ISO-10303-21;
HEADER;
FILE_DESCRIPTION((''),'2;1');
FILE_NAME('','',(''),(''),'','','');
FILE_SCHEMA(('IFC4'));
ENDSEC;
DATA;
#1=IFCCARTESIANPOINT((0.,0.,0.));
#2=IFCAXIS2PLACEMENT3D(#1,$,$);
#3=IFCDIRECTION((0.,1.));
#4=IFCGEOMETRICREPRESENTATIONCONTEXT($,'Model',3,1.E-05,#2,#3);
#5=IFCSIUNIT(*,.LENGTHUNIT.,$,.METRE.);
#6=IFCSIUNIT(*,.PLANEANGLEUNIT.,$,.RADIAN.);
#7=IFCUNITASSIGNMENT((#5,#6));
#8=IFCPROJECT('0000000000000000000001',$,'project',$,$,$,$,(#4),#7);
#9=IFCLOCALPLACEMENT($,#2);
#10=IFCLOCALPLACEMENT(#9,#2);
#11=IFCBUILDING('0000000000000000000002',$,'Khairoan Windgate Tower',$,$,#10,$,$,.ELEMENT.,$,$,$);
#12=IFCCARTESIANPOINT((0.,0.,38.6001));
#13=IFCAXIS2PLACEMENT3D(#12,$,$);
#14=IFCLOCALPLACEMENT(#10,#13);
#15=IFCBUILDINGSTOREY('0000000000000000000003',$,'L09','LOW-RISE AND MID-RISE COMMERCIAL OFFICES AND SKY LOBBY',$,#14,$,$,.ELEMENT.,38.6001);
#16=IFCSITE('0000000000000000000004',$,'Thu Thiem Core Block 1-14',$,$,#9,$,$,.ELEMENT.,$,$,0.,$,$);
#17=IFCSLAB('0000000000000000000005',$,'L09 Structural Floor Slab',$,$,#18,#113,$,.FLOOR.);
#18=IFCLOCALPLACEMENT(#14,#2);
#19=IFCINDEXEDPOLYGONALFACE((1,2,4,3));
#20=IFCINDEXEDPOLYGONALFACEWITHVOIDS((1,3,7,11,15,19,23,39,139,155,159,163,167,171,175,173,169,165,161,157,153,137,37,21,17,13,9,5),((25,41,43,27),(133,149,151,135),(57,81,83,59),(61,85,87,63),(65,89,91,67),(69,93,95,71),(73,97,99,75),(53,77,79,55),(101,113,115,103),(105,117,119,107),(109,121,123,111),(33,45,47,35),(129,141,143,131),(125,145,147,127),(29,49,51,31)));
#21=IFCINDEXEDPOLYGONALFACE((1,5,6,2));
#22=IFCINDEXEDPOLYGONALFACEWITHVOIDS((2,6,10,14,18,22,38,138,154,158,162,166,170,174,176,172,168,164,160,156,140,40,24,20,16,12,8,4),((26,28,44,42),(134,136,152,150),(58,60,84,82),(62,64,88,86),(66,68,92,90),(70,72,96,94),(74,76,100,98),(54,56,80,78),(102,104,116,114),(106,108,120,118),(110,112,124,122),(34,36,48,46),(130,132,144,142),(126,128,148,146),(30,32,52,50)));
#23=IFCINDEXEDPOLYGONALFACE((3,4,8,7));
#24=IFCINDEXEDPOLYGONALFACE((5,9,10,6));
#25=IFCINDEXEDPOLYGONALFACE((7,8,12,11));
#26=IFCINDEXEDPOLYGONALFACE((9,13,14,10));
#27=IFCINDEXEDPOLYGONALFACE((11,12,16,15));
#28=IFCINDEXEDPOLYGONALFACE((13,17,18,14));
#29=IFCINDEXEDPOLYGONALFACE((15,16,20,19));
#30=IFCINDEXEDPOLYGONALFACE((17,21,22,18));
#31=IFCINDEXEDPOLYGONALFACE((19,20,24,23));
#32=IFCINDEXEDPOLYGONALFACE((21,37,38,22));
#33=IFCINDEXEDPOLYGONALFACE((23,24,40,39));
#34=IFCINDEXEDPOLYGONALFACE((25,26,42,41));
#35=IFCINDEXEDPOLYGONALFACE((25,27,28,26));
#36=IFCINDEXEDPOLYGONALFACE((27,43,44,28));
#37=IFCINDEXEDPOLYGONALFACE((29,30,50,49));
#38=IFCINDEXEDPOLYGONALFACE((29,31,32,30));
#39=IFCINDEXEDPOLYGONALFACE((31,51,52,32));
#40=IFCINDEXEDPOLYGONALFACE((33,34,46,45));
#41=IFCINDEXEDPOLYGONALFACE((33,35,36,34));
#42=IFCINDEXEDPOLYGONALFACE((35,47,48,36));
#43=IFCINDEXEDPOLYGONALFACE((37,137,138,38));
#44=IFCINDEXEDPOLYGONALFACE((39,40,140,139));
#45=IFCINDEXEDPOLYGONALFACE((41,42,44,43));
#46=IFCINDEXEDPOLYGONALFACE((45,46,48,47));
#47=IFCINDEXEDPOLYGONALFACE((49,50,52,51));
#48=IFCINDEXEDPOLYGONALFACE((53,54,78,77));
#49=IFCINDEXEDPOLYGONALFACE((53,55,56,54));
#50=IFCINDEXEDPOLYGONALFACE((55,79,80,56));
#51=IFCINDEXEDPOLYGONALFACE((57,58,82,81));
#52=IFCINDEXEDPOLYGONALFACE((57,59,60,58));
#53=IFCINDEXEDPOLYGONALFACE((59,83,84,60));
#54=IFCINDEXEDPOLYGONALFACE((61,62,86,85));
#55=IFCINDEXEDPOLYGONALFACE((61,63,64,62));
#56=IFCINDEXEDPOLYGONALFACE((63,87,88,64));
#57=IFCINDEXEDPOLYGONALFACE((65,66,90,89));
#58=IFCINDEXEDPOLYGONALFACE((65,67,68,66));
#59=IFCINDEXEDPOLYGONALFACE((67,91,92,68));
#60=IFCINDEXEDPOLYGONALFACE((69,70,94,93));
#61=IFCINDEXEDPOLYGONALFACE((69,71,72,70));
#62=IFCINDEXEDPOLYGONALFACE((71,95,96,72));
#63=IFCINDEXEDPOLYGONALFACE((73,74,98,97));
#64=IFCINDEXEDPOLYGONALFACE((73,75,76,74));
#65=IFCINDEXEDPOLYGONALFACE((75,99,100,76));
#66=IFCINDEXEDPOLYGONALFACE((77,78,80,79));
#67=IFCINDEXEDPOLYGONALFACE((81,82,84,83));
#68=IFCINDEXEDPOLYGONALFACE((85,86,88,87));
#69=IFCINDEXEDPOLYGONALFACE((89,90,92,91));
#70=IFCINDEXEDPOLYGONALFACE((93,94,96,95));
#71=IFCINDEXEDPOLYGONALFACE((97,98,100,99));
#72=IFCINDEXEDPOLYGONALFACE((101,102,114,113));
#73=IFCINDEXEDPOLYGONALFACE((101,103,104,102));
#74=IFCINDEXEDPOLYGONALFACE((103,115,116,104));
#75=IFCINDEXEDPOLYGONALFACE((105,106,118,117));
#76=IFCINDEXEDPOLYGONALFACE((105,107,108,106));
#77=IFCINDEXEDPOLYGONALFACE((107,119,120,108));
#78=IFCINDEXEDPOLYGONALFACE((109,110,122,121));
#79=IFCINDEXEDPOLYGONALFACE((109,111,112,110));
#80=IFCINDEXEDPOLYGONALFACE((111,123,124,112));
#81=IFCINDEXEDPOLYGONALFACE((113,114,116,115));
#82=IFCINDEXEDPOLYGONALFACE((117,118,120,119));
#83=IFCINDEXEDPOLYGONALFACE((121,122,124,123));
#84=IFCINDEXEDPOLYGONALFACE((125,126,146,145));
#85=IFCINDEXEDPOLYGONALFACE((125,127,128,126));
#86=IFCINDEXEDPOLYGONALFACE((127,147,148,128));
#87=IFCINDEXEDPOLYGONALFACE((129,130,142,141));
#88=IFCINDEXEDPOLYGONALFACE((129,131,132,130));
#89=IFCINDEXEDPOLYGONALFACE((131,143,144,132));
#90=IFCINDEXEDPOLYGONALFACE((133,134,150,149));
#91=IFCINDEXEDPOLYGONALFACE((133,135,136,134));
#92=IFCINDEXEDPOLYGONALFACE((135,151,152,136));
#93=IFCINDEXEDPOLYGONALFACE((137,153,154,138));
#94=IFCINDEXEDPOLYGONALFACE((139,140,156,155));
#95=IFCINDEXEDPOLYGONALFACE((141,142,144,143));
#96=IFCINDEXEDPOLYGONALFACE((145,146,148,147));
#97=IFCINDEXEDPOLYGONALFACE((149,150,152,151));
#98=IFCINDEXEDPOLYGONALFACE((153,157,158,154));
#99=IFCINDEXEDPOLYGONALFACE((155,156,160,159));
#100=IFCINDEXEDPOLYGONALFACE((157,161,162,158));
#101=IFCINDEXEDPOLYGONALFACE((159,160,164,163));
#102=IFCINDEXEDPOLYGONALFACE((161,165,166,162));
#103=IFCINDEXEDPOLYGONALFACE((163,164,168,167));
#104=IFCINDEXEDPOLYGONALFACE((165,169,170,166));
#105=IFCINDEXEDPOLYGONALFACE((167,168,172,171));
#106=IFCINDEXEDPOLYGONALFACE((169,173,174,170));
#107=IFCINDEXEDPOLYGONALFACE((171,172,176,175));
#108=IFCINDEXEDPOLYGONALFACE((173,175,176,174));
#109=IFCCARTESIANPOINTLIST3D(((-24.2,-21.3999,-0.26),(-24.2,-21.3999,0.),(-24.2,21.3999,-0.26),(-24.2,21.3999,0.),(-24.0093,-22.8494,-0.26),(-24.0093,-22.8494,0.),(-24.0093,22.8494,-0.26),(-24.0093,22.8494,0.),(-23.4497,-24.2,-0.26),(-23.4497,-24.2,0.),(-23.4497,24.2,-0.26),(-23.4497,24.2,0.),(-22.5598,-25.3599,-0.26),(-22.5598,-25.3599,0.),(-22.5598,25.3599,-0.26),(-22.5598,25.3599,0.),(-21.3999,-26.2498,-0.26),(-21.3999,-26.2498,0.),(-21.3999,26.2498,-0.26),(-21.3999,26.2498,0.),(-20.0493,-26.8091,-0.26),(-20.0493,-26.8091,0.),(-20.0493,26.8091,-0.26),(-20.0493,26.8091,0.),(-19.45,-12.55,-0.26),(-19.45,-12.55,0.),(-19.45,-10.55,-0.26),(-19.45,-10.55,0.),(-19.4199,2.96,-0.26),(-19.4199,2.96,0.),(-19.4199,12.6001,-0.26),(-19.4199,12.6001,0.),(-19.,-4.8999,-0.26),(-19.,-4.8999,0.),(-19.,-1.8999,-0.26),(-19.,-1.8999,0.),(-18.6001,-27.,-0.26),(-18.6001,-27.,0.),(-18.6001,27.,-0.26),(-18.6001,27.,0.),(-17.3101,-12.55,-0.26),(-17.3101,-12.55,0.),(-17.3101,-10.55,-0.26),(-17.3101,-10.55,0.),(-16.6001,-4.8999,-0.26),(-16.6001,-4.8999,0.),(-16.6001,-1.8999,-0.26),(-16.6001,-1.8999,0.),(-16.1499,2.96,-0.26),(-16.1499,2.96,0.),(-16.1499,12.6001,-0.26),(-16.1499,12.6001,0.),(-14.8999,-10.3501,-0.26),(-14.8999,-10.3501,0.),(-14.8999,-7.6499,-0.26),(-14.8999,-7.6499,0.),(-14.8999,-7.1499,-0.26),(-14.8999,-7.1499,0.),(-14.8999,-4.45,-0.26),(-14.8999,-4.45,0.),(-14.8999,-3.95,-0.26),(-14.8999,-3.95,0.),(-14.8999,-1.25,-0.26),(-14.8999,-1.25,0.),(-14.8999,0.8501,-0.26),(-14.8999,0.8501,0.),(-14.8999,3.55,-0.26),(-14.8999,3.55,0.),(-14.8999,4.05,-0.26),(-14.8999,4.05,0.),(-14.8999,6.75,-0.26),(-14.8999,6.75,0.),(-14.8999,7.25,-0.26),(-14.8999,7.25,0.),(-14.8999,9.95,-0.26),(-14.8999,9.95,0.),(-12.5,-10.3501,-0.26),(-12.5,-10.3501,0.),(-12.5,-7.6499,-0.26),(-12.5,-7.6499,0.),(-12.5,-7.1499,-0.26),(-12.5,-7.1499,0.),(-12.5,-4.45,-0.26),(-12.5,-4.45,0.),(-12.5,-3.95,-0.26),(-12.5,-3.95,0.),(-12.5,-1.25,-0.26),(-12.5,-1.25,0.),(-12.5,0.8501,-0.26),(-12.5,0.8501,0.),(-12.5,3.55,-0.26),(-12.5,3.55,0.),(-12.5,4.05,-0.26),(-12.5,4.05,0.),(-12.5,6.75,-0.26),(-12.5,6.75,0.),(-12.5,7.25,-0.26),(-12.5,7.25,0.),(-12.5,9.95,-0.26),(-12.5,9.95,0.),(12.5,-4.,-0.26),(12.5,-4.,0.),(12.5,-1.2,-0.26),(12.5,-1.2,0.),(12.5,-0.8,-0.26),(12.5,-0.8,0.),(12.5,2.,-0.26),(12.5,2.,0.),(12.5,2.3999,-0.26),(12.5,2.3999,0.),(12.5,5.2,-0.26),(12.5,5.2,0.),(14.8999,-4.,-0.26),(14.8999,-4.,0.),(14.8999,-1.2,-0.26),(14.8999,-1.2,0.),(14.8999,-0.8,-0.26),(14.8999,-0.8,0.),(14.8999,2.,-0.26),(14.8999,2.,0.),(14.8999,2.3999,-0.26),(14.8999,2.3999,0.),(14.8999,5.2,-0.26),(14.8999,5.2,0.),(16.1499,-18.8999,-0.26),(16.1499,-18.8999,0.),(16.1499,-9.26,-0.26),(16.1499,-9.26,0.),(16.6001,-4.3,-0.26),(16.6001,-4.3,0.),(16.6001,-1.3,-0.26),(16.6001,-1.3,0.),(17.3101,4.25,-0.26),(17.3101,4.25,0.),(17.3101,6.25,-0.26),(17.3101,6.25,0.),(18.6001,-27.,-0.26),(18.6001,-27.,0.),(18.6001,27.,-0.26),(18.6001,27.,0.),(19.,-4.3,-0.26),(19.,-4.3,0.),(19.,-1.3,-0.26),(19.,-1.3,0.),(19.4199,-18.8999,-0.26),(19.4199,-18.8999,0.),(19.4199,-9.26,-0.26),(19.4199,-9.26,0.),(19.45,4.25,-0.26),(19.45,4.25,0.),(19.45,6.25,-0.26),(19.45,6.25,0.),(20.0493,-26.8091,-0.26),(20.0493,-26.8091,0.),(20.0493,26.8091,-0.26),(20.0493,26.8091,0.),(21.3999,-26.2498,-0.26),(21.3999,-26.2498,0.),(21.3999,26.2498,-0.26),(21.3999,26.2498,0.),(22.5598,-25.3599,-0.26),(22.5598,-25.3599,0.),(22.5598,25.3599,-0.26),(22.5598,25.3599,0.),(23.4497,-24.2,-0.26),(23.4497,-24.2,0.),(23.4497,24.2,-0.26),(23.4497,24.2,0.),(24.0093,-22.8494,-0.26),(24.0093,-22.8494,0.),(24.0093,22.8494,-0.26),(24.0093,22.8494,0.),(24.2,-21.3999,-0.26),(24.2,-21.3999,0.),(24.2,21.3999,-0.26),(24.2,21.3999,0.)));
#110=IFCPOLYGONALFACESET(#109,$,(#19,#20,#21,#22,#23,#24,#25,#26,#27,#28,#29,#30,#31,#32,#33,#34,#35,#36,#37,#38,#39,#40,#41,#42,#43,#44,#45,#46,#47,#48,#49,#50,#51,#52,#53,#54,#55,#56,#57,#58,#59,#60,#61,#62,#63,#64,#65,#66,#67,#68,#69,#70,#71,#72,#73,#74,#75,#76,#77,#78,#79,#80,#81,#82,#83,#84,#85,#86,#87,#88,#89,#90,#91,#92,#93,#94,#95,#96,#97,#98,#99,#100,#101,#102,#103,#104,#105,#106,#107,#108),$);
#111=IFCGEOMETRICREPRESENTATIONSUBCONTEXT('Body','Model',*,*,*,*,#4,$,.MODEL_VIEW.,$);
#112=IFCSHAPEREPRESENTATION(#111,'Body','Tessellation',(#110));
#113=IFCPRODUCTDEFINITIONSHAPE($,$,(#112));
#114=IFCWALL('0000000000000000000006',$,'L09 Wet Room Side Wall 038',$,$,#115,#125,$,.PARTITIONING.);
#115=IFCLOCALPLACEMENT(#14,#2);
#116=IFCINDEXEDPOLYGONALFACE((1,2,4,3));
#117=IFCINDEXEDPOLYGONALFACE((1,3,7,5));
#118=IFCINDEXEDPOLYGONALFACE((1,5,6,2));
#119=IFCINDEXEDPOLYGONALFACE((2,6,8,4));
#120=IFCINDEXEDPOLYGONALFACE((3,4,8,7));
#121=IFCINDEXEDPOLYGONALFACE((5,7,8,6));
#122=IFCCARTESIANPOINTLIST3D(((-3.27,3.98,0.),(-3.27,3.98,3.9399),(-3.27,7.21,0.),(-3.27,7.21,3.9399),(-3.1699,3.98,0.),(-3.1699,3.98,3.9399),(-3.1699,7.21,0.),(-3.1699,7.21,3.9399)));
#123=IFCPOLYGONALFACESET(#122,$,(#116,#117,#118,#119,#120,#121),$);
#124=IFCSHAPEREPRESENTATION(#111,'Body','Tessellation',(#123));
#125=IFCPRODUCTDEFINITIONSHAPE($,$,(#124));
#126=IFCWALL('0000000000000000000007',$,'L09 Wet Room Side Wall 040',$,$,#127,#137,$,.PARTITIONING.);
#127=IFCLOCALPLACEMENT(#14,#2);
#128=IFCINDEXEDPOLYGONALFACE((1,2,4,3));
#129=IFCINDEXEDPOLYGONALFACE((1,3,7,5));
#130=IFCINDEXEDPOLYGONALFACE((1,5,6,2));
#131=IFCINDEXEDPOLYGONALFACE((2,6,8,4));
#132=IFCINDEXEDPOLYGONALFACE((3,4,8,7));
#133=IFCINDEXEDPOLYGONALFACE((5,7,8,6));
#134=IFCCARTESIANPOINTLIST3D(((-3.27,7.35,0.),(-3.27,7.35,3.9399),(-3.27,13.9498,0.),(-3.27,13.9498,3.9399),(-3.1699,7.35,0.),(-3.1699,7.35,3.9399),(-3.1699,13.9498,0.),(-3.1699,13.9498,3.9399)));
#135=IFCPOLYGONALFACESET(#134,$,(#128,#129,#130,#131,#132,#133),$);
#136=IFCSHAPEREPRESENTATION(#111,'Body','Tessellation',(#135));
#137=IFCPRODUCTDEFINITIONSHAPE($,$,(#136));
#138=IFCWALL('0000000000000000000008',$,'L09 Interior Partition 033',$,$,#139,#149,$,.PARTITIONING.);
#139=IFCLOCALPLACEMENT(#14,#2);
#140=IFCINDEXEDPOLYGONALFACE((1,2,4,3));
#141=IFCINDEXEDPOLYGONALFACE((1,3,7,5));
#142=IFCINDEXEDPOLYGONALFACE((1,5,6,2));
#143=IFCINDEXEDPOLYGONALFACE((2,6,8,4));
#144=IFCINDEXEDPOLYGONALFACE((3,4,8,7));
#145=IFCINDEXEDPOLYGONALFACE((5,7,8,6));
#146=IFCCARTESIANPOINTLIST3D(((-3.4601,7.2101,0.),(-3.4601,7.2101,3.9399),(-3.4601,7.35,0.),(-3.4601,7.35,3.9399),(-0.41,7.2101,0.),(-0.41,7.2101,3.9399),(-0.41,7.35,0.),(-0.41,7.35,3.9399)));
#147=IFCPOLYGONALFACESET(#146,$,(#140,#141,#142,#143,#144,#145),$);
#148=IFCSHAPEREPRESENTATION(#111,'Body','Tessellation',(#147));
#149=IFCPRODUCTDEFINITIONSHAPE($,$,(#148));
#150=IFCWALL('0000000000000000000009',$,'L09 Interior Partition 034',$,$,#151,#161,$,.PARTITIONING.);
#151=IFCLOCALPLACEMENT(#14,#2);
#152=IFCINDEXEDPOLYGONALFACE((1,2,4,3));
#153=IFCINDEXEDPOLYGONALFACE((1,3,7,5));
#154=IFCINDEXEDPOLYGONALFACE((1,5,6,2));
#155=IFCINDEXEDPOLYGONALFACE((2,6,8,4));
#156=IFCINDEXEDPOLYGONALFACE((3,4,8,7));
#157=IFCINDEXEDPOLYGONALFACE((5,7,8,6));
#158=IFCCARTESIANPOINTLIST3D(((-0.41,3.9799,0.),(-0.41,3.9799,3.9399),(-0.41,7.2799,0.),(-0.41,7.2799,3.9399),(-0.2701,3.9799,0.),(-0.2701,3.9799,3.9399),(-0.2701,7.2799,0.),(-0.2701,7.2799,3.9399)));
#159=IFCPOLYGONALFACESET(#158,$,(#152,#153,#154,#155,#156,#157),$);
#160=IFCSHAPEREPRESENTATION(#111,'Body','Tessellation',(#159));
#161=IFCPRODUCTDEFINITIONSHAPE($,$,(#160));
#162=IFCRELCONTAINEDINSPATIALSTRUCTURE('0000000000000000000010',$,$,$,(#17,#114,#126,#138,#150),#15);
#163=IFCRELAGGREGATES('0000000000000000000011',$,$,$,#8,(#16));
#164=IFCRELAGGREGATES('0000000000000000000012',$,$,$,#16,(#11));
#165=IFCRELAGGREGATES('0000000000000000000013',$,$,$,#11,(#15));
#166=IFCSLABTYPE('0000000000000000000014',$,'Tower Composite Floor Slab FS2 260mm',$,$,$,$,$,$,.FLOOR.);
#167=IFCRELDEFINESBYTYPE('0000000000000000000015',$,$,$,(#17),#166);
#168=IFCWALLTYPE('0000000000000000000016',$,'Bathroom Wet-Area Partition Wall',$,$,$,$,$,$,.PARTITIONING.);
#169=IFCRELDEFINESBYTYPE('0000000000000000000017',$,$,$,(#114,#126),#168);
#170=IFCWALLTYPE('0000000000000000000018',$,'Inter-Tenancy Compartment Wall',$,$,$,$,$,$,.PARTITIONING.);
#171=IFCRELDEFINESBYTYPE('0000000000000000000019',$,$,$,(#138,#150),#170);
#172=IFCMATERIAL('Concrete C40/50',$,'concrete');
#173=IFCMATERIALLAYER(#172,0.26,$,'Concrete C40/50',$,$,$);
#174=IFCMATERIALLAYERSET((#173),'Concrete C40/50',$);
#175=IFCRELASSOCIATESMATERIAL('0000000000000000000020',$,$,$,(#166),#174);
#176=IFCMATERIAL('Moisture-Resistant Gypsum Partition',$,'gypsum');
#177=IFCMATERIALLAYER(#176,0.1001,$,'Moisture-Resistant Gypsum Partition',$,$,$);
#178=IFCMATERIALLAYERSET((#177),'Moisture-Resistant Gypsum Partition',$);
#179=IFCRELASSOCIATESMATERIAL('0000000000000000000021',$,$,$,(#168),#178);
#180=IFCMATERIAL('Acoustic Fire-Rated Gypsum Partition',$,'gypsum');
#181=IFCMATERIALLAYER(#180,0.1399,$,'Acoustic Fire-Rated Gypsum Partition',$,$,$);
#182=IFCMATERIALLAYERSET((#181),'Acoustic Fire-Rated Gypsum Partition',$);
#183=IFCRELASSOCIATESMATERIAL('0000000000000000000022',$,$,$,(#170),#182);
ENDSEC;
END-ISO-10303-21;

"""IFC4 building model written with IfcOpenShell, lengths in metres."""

from ifc_helpers import new_model, si_unit, direction, frame, frame_2d, origin, place, context, subcontext, project, spatial, polyline, rectangle, outline, extrude, material, layer, layer_set, type_object, element, save


model = new_model("IFC4")

# Units and contexts
model_context = context("Model", 3, precision=1e-05, world=origin(), true_north=direction((0.0, 1.0)))
body_context = subcontext(model_context, "Body", "Model", "MODEL_VIEW")
ifc_project = project(units=[si_unit("LENGTHUNIT", "METRE"), si_unit("PLANEANGLEUNIT", "RADIAN")], contexts=[model_context])

# Site, building, storey
site_placement = place(None, origin())
site = spatial("IfcSite", under=ifc_project, at=site_placement, Name="Thu Thiem Core Block 1-14", CompositionType="ELEMENT", RefElevation=0.0)
building_placement = place(site_placement, origin())
building = spatial("IfcBuilding", under=site, at=building_placement, Name="Khairoan Windgate Tower", CompositionType="ELEMENT")
storey_placement = place(building_placement, frame((0.0, 0.0, 38.6001)))
storey = spatial("IfcBuildingStorey", under=building, at=storey_placement, Name="L09", Description="LOW-RISE AND MID-RISE COMMERCIAL OFFICES AND SKY LOBBY", CompositionType="ELEMENT", Elevation=38.6001)

# Slab
ifc_material_1 = material(Name="Concrete C40/50", Category="concrete")
ifc_layer_1 = layer(ifc_material_1, 0.26, Name="Concrete C40/50")
ifc_layer_set_1 = layer_set([ifc_layer_1], Name="Concrete C40/50")
slab_type_1 = type_object("IfcSlabType", Name="Tower Composite Floor Slab FS2 260mm", PredefinedType="FLOOR", material=ifc_layer_set_1)
slab_1_placement = place(storey_placement, frame((0.0, 0.0, -0.26)))
element("IfcSlab", 1, at=slab_1_placement, inside=storey, type_object=slab_type_1, Name="L09 Structural Floor Slab", PredefinedType="FLOOR", context=body_context, shape_type="SweptSolid", body=[
    extrude(outline(polyline([(18.6001, -27.0), (20.0493, -26.8091), (21.3999, -26.2498), (22.5598, -25.3599), (23.4497, -24.2), (24.0093, -22.8494), (24.2, -21.3999), (24.2, 21.3999), (24.0093, 22.8494), (23.4497, 24.2), (22.5598, 25.3599), (21.3999, 26.2498), (20.0493, 26.8091), (18.6001, 27.0), (-18.6001, 27.0), (-20.0493, 26.8091), (-21.3999, 26.2498), (-22.5598, 25.3599), (-23.4497, 24.2), (-24.0093, 22.8494), (-24.2, 21.3999), (-24.2, -21.3999), (-24.0093, -22.8494), (-23.4497, -24.2), (-22.5598, -25.3599), (-21.3999, -26.2498), (-20.0493, -26.8091), (-18.6001, -27.0), (18.6001, -27.0)]), holes=[polyline([(16.1499, -9.26), (16.1499, -18.8999), (19.4199, -18.8999), (19.4199, -9.26), (16.1499, -9.26)]), polyline([(-16.1499, 2.96), (-16.1499, 12.6001), (-19.4199, 12.6001), (-19.4199, 2.96), (-16.1499, 2.96)]), polyline([(-14.8999, 7.25), (-12.5, 7.25), (-12.5, 9.95), (-14.8999, 9.95), (-14.8999, 7.25)]), polyline([(-14.8999, 4.05), (-12.5, 4.05), (-12.5, 6.75), (-14.8999, 6.75), (-14.8999, 4.05)]), polyline([(-14.8999, 0.8501), (-12.5, 0.8501), (-12.5, 3.55), (-14.8999, 3.55), (-14.8999, 0.8501)]), polyline([(-14.8999, -3.95), (-12.5, -3.95), (-12.5, -1.25), (-14.8999, -1.25), (-14.8999, -3.95)]), polyline([(-14.8999, -7.1499), (-12.5, -7.1499), (-12.5, -4.45), (-14.8999, -4.45), (-14.8999, -7.1499)]), polyline([(-14.8999, -10.3501), (-12.5, -10.3501), (-12.5, -7.6499), (-14.8999, -7.6499), (-14.8999, -10.3501)]), polyline([(12.5, 2.3999), (14.8999, 2.3999), (14.8999, 5.2), (12.5, 5.2), (12.5, 2.3999)]), polyline([(12.5, -0.8), (14.8999, -0.8), (14.8999, 2.0), (12.5, 2.0), (12.5, -0.8)]), polyline([(12.5, -4.0), (14.8999, -4.0), (14.8999, -1.2), (12.5, -1.2), (12.5, -4.0)]), polyline([(16.6001, -4.3), (19.0, -4.3), (19.0, -1.3), (16.6001, -1.3), (16.6001, -4.3)]), polyline([(-19.0, -4.8999), (-16.6001, -4.8999), (-16.6001, -1.8999), (-19.0, -1.8999), (-19.0, -4.8999)]), polyline([(-19.45, -12.55), (-17.3101, -12.55), (-17.3101, -10.55), (-19.45, -10.55), (-19.45, -12.55)]), polyline([(17.3101, 4.25), (19.45, 4.25), (19.45, 6.25), (17.3101, 6.25), (17.3101, 4.25)])]), origin(), (0.0, 0.0, 1.0), 0.26),
])

# Walls
ifc_material_2 = material(Name="Moisture-Resistant Gypsum Partition", Category="gypsum")
ifc_layer_2 = layer(ifc_material_2, 0.1001, Name="Moisture-Resistant Gypsum Partition")
ifc_layer_set_2 = layer_set([ifc_layer_2], Name="Moisture-Resistant Gypsum Partition")
wall_type_1 = type_object("IfcWallType", Name="Bathroom Wet-Area Partition Wall", PredefinedType="PARTITIONING", material=ifc_layer_set_2)
wall_1_placement = place(storey_placement, frame((-3.22, 3.98, 0.0), z_axis=(0.0, 0.0, 1.0), x_axis=(0.0, 1.0, 0.0)))
element("IfcWall", 2, at=wall_1_placement, inside=storey, type_object=wall_type_1, Name="L09 Wet Room Side Wall 038", PredefinedType="PARTITIONING", context=body_context, shape_type="SweptSolid", body=[
    extrude(rectangle(XDim=3.23, YDim=0.1001, at=frame_2d((1.615, 0.0))), origin(), (0.0, 0.0, 1.0), 3.9399),
])
wall_2_placement = place(storey_placement, frame((-3.22, 7.3501, 0.0), z_axis=(0.0, 0.0, 1.0), x_axis=(0.0, 1.0, 0.0)))
element("IfcWall", 3, at=wall_2_placement, inside=storey, type_object=wall_type_1, Name="L09 Wet Room Side Wall 040", PredefinedType="PARTITIONING", context=body_context, shape_type="SweptSolid", body=[
    extrude(rectangle(XDim=6.5999, YDim=0.1001, at=frame_2d((3.2998, 0.0))), origin(), (0.0, 0.0, 1.0), 3.9399),
])
ifc_material_3 = material(Name="Acoustic Fire-Rated Gypsum Partition", Category="gypsum")
ifc_layer_3 = layer(ifc_material_3, 0.1399, Name="Acoustic Fire-Rated Gypsum Partition")
ifc_layer_set_3 = layer_set([ifc_layer_3], Name="Acoustic Fire-Rated Gypsum Partition")
wall_type_2 = type_object("IfcWallType", Name="Inter-Tenancy Compartment Wall", PredefinedType="PARTITIONING", material=ifc_layer_set_3)
wall_3_placement = place(storey_placement, frame((-3.46, 7.28, 0.0), z_axis=(0.0, 0.0, 1.0), x_axis=(1.0, 0.0, 0.0)))
element("IfcWall", 4, at=wall_3_placement, inside=storey, type_object=wall_type_2, Name="L09 Interior Partition 033", PredefinedType="PARTITIONING", context=body_context, shape_type="SweptSolid", body=[
    extrude(rectangle(XDim=3.05, YDim=0.1399, at=frame_2d((1.5249, 0.0))), origin(), (0.0, 0.0, 1.0), 3.9399),
])
wall_4_placement = place(storey_placement, frame((-0.3401, 3.98, 0.0), z_axis=(0.0, 0.0, 1.0), x_axis=(0.0, 1.0, 0.0)))
element("IfcWall", 5, at=wall_4_placement, inside=storey, type_object=wall_type_2, Name="L09 Interior Partition 034", PredefinedType="PARTITIONING", context=body_context, shape_type="SweptSolid", body=[
    extrude(rectangle(XDim=3.3, YDim=0.1399, at=frame_2d((1.6499, 0.0))), origin(), (0.0, 0.0, 1.0), 3.9399),
])

save(model, "model.ifc")
